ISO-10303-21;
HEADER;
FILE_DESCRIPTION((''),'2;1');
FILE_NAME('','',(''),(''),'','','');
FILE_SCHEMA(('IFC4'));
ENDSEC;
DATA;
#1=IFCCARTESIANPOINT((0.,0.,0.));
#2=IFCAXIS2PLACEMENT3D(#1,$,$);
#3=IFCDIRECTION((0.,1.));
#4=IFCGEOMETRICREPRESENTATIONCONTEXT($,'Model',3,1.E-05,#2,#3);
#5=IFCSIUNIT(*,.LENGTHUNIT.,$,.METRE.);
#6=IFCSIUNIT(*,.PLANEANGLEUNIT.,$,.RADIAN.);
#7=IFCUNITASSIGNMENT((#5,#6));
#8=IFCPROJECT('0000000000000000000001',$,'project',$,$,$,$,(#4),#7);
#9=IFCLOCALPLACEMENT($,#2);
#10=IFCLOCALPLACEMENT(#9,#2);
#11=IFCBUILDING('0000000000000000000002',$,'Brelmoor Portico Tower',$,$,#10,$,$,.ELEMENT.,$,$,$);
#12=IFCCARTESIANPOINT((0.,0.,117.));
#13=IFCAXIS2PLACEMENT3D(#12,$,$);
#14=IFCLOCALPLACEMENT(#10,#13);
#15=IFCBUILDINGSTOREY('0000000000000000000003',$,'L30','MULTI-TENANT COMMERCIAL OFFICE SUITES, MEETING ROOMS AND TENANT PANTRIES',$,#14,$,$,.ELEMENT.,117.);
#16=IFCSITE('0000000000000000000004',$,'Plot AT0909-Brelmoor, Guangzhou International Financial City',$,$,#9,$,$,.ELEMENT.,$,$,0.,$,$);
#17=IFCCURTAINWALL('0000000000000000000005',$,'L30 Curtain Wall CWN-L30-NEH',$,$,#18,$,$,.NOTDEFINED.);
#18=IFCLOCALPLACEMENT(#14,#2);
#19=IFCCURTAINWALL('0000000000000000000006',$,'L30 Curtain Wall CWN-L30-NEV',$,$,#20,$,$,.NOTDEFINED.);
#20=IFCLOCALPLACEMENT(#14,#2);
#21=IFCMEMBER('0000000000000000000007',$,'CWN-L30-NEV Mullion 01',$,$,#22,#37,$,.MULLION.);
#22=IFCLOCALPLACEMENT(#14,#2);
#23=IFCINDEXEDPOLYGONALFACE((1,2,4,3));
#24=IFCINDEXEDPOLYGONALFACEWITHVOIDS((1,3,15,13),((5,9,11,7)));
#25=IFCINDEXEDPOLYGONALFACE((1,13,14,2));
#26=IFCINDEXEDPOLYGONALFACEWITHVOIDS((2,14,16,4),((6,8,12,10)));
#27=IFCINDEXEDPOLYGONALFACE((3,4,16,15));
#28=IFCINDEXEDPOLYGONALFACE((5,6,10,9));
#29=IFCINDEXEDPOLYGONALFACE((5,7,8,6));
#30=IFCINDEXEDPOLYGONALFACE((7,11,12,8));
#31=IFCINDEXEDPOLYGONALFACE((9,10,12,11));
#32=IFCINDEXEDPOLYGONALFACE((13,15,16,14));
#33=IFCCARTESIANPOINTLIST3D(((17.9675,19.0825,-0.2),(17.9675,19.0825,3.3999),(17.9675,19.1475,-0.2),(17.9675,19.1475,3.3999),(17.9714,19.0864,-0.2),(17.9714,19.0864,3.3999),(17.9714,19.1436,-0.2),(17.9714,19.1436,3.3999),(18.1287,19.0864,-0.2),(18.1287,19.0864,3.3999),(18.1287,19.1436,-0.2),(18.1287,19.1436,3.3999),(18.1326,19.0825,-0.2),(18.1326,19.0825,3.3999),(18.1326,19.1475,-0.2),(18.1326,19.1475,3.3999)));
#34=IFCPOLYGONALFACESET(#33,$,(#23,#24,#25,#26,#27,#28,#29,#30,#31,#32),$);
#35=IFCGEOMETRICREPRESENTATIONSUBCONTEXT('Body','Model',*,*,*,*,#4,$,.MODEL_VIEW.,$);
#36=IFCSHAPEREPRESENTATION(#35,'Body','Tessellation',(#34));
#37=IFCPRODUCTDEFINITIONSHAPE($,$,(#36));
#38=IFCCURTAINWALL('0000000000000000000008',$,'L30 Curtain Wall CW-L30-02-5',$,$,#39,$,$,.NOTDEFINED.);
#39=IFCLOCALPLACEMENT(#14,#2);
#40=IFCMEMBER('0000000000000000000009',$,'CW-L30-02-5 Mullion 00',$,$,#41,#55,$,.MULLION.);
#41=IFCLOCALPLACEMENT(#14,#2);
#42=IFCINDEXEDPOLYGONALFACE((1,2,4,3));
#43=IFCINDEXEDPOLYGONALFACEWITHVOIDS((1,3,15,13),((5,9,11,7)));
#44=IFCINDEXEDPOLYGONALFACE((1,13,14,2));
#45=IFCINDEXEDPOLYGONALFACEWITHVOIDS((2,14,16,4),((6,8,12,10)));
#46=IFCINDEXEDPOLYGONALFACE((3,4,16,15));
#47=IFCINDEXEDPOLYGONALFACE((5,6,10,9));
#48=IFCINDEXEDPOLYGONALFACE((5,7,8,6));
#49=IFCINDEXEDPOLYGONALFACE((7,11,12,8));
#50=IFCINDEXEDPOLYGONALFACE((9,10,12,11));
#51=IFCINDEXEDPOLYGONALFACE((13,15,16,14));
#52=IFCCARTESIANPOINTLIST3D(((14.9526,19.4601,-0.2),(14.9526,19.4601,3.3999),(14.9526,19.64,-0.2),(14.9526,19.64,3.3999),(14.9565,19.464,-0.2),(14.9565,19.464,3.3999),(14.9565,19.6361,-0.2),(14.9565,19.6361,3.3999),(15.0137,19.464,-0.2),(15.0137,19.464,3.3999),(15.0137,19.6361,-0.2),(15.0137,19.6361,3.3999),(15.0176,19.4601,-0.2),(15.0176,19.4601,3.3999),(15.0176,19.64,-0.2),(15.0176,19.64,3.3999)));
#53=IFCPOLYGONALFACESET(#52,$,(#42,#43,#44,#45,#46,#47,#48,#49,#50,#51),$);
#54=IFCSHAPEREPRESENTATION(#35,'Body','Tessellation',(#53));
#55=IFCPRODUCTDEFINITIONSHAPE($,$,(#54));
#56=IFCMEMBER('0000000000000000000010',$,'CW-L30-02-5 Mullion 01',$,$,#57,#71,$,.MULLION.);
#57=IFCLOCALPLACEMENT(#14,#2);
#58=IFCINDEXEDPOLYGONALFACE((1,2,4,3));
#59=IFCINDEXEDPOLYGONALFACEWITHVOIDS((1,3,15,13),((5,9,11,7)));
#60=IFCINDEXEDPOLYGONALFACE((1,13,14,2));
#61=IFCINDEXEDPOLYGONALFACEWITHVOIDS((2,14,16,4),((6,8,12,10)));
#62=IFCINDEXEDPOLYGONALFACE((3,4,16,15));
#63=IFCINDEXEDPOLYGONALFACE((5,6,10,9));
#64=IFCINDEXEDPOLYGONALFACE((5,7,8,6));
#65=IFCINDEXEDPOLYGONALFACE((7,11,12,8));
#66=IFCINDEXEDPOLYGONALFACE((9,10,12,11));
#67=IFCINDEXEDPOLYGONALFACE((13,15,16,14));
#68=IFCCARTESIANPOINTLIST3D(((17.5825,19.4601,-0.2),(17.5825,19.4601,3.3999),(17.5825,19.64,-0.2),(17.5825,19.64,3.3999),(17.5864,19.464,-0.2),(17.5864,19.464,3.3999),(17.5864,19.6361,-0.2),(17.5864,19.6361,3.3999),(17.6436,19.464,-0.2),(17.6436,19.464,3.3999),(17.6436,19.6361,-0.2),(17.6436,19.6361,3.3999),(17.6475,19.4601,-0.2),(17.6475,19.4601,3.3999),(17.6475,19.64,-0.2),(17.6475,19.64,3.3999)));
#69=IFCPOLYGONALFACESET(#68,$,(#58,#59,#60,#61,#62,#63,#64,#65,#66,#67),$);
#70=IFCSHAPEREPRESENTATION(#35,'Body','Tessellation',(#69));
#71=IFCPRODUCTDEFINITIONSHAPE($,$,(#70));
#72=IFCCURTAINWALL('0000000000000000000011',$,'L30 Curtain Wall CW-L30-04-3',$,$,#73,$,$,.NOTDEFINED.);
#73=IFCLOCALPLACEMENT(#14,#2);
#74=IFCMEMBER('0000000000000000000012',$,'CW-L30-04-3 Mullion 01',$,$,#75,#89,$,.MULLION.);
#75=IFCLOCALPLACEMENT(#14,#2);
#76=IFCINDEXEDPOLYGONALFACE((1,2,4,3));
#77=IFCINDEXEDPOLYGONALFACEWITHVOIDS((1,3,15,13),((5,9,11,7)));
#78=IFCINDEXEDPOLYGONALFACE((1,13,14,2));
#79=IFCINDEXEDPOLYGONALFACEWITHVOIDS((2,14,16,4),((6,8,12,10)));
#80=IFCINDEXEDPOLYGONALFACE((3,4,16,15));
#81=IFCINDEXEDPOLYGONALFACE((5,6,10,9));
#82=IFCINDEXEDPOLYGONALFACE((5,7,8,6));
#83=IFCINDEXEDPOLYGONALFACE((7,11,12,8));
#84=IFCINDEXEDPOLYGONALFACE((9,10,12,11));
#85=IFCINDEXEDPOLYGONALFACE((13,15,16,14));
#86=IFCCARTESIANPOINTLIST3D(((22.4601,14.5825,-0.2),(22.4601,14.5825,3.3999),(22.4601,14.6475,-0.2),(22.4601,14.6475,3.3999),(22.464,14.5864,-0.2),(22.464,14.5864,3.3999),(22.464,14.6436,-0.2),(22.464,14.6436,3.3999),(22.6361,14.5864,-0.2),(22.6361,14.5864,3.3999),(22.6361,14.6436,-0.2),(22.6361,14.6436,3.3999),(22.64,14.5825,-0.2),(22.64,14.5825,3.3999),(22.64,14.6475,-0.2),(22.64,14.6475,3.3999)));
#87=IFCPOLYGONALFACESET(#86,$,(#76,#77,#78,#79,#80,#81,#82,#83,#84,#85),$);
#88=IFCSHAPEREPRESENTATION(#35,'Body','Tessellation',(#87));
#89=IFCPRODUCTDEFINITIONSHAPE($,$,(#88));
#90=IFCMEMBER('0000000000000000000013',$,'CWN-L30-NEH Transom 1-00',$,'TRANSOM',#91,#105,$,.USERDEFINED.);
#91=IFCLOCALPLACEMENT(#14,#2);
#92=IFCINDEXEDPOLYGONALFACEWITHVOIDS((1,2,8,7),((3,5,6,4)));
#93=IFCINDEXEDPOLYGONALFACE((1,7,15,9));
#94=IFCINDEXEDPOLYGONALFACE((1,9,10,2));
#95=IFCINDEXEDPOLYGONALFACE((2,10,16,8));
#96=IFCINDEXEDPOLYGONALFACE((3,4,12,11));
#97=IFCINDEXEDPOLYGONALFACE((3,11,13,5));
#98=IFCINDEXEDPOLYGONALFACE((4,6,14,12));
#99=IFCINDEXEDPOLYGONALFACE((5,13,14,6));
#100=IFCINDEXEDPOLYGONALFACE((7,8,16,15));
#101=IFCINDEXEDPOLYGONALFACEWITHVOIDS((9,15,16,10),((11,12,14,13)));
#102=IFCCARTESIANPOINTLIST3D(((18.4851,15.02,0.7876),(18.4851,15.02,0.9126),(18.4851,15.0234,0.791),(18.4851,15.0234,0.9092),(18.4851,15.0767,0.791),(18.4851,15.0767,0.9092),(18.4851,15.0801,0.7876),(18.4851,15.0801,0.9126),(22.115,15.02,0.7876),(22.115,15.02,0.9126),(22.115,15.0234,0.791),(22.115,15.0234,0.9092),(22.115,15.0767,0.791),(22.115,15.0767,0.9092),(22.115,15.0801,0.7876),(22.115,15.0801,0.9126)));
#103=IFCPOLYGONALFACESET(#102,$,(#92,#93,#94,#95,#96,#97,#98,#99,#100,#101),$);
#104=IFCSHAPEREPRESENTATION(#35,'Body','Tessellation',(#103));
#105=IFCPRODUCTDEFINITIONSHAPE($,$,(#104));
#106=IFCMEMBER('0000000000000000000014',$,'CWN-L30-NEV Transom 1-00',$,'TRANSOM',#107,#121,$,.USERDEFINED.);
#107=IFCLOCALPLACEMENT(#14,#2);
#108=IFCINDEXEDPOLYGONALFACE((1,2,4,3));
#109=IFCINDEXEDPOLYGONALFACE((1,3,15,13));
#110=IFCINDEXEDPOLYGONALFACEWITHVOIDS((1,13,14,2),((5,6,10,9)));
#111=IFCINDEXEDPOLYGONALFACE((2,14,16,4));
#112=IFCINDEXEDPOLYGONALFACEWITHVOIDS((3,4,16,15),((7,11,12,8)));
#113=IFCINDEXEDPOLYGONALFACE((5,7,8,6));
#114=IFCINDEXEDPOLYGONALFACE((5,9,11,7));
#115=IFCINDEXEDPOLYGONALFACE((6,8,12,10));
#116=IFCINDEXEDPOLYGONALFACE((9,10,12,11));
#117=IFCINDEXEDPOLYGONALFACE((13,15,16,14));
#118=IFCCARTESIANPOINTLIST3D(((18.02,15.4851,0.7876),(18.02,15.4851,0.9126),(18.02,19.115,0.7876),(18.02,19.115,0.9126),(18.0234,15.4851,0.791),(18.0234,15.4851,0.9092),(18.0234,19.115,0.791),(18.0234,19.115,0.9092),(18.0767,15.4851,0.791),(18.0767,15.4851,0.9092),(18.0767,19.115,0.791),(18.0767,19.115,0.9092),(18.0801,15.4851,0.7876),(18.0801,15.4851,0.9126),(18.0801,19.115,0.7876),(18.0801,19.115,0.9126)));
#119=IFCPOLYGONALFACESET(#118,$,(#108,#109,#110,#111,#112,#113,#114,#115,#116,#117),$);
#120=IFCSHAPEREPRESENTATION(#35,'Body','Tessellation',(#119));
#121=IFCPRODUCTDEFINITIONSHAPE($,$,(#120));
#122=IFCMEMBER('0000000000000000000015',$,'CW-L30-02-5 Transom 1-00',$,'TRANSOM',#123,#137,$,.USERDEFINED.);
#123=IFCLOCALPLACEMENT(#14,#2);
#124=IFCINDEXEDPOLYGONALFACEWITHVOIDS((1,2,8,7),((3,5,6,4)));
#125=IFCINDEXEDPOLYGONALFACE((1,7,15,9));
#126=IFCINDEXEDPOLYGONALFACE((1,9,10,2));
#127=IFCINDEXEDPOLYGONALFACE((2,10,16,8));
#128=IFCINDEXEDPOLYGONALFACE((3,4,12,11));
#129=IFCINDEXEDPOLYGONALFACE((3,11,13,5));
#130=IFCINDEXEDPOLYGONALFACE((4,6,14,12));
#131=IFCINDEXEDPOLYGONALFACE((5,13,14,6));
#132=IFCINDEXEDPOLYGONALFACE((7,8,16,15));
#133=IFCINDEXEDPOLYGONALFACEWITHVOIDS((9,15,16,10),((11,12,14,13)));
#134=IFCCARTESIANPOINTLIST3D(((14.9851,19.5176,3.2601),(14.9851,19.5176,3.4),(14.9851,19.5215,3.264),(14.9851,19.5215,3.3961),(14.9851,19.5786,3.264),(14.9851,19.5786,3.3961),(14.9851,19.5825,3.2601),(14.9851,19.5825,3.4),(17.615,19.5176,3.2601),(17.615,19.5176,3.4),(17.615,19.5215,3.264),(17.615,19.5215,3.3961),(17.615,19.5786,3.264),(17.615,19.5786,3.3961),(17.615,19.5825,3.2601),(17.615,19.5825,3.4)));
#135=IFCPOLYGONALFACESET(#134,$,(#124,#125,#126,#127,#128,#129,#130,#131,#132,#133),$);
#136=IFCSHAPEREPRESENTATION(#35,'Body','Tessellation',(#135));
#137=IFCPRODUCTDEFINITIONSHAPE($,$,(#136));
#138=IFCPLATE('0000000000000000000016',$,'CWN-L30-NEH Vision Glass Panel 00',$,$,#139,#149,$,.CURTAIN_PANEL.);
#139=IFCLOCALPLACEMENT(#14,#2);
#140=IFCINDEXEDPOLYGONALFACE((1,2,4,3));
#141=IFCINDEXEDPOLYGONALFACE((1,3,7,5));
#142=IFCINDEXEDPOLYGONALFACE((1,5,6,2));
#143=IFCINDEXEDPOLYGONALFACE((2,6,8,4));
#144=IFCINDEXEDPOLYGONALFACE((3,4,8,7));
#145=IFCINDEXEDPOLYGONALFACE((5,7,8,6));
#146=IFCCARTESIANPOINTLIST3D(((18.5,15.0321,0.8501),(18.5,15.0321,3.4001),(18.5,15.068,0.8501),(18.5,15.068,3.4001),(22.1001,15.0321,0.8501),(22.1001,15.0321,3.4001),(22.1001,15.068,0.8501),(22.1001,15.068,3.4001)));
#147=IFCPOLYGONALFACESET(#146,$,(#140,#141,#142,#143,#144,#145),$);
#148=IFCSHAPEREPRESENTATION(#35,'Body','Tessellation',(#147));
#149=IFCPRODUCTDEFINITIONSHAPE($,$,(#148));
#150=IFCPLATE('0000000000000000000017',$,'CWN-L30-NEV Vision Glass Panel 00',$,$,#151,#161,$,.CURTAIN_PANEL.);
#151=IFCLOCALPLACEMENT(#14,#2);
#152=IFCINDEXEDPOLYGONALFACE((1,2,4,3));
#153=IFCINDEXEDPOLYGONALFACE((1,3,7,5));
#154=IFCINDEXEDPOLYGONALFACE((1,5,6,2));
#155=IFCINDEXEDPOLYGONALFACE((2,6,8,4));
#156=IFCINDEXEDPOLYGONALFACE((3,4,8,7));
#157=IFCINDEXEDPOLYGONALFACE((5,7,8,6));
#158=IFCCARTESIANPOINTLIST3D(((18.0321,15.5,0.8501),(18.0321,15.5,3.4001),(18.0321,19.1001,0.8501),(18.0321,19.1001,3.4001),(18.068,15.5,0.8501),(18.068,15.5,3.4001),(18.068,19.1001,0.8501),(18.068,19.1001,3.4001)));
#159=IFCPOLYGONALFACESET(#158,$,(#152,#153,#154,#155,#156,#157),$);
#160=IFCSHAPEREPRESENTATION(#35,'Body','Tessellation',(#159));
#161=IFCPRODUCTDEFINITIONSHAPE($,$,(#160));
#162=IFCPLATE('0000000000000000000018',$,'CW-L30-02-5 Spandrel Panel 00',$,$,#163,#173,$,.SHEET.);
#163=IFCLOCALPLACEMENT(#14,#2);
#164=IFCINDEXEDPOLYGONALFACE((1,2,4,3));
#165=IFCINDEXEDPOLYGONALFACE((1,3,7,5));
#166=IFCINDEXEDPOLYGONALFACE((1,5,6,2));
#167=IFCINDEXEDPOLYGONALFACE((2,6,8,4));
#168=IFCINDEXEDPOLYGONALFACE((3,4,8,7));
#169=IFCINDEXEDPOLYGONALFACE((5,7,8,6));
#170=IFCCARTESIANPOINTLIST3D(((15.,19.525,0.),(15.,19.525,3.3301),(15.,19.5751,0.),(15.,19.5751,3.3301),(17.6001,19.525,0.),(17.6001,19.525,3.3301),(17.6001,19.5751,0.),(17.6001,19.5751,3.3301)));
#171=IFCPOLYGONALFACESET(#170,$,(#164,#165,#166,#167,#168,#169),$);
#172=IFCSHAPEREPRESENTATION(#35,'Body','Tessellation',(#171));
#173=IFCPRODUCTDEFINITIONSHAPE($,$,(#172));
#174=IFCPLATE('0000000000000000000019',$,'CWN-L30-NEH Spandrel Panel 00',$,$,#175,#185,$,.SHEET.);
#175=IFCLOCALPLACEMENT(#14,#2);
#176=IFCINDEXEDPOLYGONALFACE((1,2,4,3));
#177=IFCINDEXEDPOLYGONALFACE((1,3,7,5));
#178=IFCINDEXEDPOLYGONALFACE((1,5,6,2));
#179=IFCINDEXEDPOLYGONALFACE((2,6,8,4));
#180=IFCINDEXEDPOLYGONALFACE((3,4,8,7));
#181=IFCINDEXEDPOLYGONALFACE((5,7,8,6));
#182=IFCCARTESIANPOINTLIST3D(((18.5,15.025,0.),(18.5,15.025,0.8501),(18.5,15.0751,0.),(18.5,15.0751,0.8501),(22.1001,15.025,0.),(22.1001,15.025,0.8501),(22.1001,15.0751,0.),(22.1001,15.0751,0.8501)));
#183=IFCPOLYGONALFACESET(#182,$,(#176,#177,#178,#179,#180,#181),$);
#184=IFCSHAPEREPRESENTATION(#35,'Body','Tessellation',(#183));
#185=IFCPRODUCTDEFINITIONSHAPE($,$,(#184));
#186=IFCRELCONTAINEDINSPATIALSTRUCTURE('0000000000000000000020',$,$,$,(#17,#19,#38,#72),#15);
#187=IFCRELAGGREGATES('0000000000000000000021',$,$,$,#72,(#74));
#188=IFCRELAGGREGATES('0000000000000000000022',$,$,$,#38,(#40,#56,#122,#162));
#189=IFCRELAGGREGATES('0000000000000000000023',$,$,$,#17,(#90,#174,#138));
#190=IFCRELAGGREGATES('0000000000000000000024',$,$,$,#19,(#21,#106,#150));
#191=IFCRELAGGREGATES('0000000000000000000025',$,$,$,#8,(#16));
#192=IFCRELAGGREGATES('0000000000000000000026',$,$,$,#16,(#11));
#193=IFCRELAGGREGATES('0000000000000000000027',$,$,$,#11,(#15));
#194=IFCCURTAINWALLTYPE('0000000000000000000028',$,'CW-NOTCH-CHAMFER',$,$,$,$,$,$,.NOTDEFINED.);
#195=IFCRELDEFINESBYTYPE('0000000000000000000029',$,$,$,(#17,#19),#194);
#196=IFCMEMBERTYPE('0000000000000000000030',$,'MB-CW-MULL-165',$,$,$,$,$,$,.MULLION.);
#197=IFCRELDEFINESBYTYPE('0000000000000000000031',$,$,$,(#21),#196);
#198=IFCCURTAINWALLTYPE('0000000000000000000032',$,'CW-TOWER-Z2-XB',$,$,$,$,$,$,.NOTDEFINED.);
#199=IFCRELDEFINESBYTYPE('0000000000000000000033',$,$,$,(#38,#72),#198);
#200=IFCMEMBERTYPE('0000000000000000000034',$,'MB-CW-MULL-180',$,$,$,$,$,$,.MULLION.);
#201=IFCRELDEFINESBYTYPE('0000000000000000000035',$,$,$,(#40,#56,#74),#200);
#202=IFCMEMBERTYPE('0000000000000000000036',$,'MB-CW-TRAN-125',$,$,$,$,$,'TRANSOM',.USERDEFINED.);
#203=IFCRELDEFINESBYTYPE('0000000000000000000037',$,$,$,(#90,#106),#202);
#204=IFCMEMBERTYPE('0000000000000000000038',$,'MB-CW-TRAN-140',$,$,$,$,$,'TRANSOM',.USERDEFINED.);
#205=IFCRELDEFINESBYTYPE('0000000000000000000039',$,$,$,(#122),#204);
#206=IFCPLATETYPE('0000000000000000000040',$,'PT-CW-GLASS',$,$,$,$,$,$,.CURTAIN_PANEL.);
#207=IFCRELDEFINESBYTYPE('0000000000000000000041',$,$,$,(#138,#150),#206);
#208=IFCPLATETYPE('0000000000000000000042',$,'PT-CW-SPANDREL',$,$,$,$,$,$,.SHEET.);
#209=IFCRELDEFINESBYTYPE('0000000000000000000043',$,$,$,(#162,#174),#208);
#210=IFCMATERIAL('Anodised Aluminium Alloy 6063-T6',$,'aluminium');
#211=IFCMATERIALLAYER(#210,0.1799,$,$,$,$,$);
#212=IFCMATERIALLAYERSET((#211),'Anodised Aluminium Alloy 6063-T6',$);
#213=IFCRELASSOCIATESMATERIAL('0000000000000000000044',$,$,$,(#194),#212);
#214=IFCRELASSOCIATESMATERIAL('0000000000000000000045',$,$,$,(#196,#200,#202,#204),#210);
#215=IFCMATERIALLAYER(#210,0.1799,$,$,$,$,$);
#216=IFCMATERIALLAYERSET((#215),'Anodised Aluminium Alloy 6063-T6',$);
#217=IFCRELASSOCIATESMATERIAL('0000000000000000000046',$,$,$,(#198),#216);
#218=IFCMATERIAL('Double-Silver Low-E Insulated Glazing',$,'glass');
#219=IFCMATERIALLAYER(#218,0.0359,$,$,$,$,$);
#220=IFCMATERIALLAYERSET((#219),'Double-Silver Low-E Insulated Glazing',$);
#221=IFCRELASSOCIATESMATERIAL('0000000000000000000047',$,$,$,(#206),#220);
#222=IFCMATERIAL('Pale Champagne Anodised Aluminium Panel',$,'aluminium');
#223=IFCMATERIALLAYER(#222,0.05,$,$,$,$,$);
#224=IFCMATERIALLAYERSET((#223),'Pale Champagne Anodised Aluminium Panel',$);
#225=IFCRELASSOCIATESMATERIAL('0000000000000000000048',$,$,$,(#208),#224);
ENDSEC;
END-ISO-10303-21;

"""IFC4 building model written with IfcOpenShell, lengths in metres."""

from ifc_helpers import new_model, si_unit, direction, frame, origin, origin_2d, place, context, subcontext, project, spatial, rectangle, hollow_rectangle, extrude, material, layer, layer_set, material_profile, profile_set, type_object, element, aggregate, save


model = new_model("IFC4")

# Units and contexts
model_context = context("Model", 3, precision=1e-05, world=origin(), true_north=direction((0.0, 1.0)))
body_context = subcontext(model_context, "Body", "Model", "MODEL_VIEW")
ifc_project = project(units=[si_unit("LENGTHUNIT", "METRE"), si_unit("PLANEANGLEUNIT", "RADIAN")], contexts=[model_context])

# Site, building, storey
site_placement = place(None, origin())
site = spatial("IfcSite", under=ifc_project, at=site_placement, Name="Plot AT0909-Brelmoor, Guangzhou International Financial City", CompositionType="ELEMENT", RefElevation=0.0)
building_placement = place(site_placement, origin())
building = spatial("IfcBuilding", under=site, at=building_placement, Name="Brelmoor Portico Tower", CompositionType="ELEMENT")
storey_placement = place(building_placement, frame((0.0, 0.0, 117.0)))
storey = spatial("IfcBuildingStorey", under=building, at=storey_placement, Name="L30", Description="MULTI-TENANT COMMERCIAL OFFICE SUITES, MEETING ROOMS AND TENANT PANTRIES", CompositionType="ELEMENT", Elevation=117.0)

# Curtain walls, members
ifc_material_1 = material(Name="Anodised Aluminium Alloy 6063-T6", Category="aluminium")
ifc_layer_1 = layer(ifc_material_1, 0.1799)
ifc_layer_set_1 = layer_set([ifc_layer_1], Name="Anodised Aluminium Alloy 6063-T6")
curtain_wall_type_1 = type_object("IfcCurtainWallType", Name="CW-NOTCH-CHAMFER", PredefinedType="NOTDEFINED", material=ifc_layer_set_1)
curtain_wall_1_placement = place(storey_placement, origin())
curtain_wall_1 = element("IfcCurtainWall", 1, at=curtain_wall_1_placement, inside=storey, type_object=curtain_wall_type_1, Name="L30 Curtain Wall CWN-L30-NEH", PredefinedType="NOTDEFINED")
ifc_material_profile_1 = material_profile(ifc_material_1, hollow_rectangle(XDim=0.0649, YDim=0.165, WallThickness=0.0039, at=origin_2d()), Name="ALU MULLION 65x165")
ifc_profile_set_1 = profile_set([ifc_material_profile_1], Name="Anodised Aluminium Alloy 6063-T6")
member_type_1 = type_object("IfcMemberType", Name="MB-CW-MULL-165", PredefinedType="MULLION", material=ifc_profile_set_1)
curtain_wall_2_placement = place(storey_placement, origin())
curtain_wall_2 = element("IfcCurtainWall", 2, at=curtain_wall_2_placement, inside=storey, type_object=curtain_wall_type_1, Name="L30 Curtain Wall CWN-L30-NEV", PredefinedType="NOTDEFINED")
member_1_placement = place(storey_placement, frame((18.05, 19.115, -0.2), z_axis=(0.0, 0.0, 1.0), x_axis=(0.0, 1.0, 0.0)))
member_1 = element("IfcMember", 3, at=member_1_placement, type_object=member_type_1, Name="CWN-L30-NEV Mullion 01", PredefinedType="MULLION", context=body_context, shape_type="SweptSolid", body=[
    extrude(hollow_rectangle(XDim=0.0649, YDim=0.165, WallThickness=0.0039, at=origin_2d()), origin(), (0.0, 0.0, 1.0), 3.5999),
])
ifc_layer_2 = layer(ifc_material_1, 0.1799)
ifc_layer_set_2 = layer_set([ifc_layer_2], Name="Anodised Aluminium Alloy 6063-T6")
curtain_wall_type_2 = type_object("IfcCurtainWallType", Name="CW-TOWER-Z2-XB", PredefinedType="NOTDEFINED", material=ifc_layer_set_2)
curtain_wall_3_placement = place(storey_placement, origin())
curtain_wall_3 = element("IfcCurtainWall", 4, at=curtain_wall_3_placement, inside=storey, type_object=curtain_wall_type_2, Name="L30 Curtain Wall CW-L30-02-5", PredefinedType="NOTDEFINED")
ifc_material_profile_2 = material_profile(ifc_material_1, hollow_rectangle(XDim=0.0649, YDim=0.1799, WallThickness=0.0039, at=origin_2d()), Name="ALU MULLION 65x180")
ifc_profile_set_2 = profile_set([ifc_material_profile_2], Name="Anodised Aluminium Alloy 6063-T6")
member_type_2 = type_object("IfcMemberType", Name="MB-CW-MULL-180", PredefinedType="MULLION", material=ifc_profile_set_2)
member_2_placement = place(storey_placement, frame((14.9851, 19.55, -0.2), z_axis=(0.0, 0.0, 1.0), x_axis=(1.0, 0.0, 0.0)))
member_2 = element("IfcMember", 5, at=member_2_placement, type_object=member_type_2, Name="CW-L30-02-5 Mullion 00", PredefinedType="MULLION", context=body_context, shape_type="SweptSolid", body=[
    extrude(hollow_rectangle(XDim=0.0649, YDim=0.1799, WallThickness=0.0039, at=origin_2d()), origin(), (0.0, 0.0, 1.0), 3.5999),
])
member_3_placement = place(storey_placement, frame((17.615, 19.55, -0.2), z_axis=(0.0, 0.0, 1.0), x_axis=(1.0, 0.0, 0.0)))
member_3 = element("IfcMember", 6, at=member_3_placement, type_object=member_type_2, Name="CW-L30-02-5 Mullion 01", PredefinedType="MULLION", context=body_context, shape_type="SweptSolid", body=[
    extrude(hollow_rectangle(XDim=0.0649, YDim=0.1799, WallThickness=0.0039, at=origin_2d()), origin(), (0.0, 0.0, 1.0), 3.5999),
])

# Curtain wall, member
curtain_wall_4_placement = place(storey_placement, origin())
curtain_wall_4 = element("IfcCurtainWall", 7, at=curtain_wall_4_placement, inside=storey, type_object=curtain_wall_type_2, Name="L30 Curtain Wall CW-L30-04-3", PredefinedType="NOTDEFINED")
member_4_placement = place(storey_placement, frame((22.55, 14.615, -0.2), z_axis=(0.0, 0.0, 1.0), x_axis=(0.0, 1.0, 0.0)))
member_4 = element("IfcMember", 8, at=member_4_placement, type_object=member_type_2, Name="CW-L30-04-3 Mullion 01", PredefinedType="MULLION", context=body_context, shape_type="SweptSolid", body=[
    extrude(hollow_rectangle(XDim=0.0649, YDim=0.1799, WallThickness=0.0039, at=origin_2d()), origin(), (0.0, 0.0, 1.0), 3.5999),
])
aggregate(curtain_wall_4, [member_4])

# Members
ifc_material_profile_3 = material_profile(ifc_material_1, hollow_rectangle(XDim=0.0601, YDim=0.125, WallThickness=0.0034, at=origin_2d()), Name="ALU TRANSOM 60x125")
ifc_profile_set_3 = profile_set([ifc_material_profile_3], Name="Anodised Aluminium Alloy 6063-T6")
member_type_3 = type_object("IfcMemberType", Name="MB-CW-TRAN-125", ElementType="TRANSOM", PredefinedType="USERDEFINED", material=ifc_profile_set_3)
member_5_placement = place(storey_placement, frame((18.4851, 15.05, 0.8501), z_axis=(1.0, 0.0, 0.0), x_axis=(0.0, 1.0, 0.0)))
member_5 = element("IfcMember", 9, at=member_5_placement, type_object=member_type_3, Name="CWN-L30-NEH Transom 1-00", ObjectType="TRANSOM", PredefinedType="USERDEFINED", context=body_context, shape_type="SweptSolid", body=[
    extrude(hollow_rectangle(XDim=0.0601, YDim=0.125, WallThickness=0.0034, at=origin_2d()), origin(), (0.0, 0.0, 1.0), 3.6299),
])
member_6_placement = place(storey_placement, frame((18.05, 15.4851, 0.8501), z_axis=(0.0, 1.0, 0.0), x_axis=(-1.0, 0.0, 0.0)))
member_6 = element("IfcMember", 10, at=member_6_placement, type_object=member_type_3, Name="CWN-L30-NEV Transom 1-00", ObjectType="TRANSOM", PredefinedType="USERDEFINED", context=body_context, shape_type="SweptSolid", body=[
    extrude(hollow_rectangle(XDim=0.0601, YDim=0.125, WallThickness=0.0034, at=origin_2d()), origin(), (0.0, 0.0, 1.0), 3.6299),
])
ifc_material_profile_4 = material_profile(ifc_material_1, hollow_rectangle(XDim=0.0649, YDim=0.1399, WallThickness=0.0039, at=origin_2d()), Name="ALU TRANSOM 65x140")
ifc_profile_set_4 = profile_set([ifc_material_profile_4], Name="Anodised Aluminium Alloy 6063-T6")
member_type_4 = type_object("IfcMemberType", Name="MB-CW-TRAN-140", ElementType="TRANSOM", PredefinedType="USERDEFINED", material=ifc_profile_set_4)
member_7_placement = place(storey_placement, frame((14.9851, 19.55, 3.3301), z_axis=(1.0, 0.0, 0.0), x_axis=(0.0, 1.0, 0.0)))
member_7 = element("IfcMember", 11, at=member_7_placement, type_object=member_type_4, Name="CW-L30-02-5 Transom 1-00", ObjectType="TRANSOM", PredefinedType="USERDEFINED", context=body_context, shape_type="SweptSolid", body=[
    extrude(hollow_rectangle(XDim=0.0649, YDim=0.1399, WallThickness=0.0039, at=origin_2d()), origin(), (0.0, 0.0, 1.0), 2.6299),
])

# Plates
ifc_material_2 = material(Name="Double-Silver Low-E Insulated Glazing", Category="glass")
ifc_layer_3 = layer(ifc_material_2, 0.0359)
ifc_layer_set_3 = layer_set([ifc_layer_3], Name="Double-Silver Low-E Insulated Glazing")
plate_type_1 = type_object("IfcPlateType", Name="PT-CW-GLASS", PredefinedType="CURTAIN_PANEL", material=ifc_layer_set_3)
plate_1_placement = place(storey_placement, frame((20.3, 15.05, 0.8501), z_axis=(0.0, 0.0, 1.0), x_axis=(1.0, 0.0, 0.0)))
plate_1 = element("IfcPlate", 12, at=plate_1_placement, type_object=plate_type_1, Name="CWN-L30-NEH Vision Glass Panel 00", PredefinedType="CURTAIN_PANEL", context=body_context, shape_type="SweptSolid", body=[
    extrude(rectangle(XDim=3.6001, YDim=0.0359, at=origin_2d()), origin(), (0.0, 0.0, 1.0), 2.55),
])
plate_2_placement = place(storey_placement, frame((18.05, 17.3, 0.8501), z_axis=(0.0, 0.0, 1.0), x_axis=(0.0, 1.0, 0.0)))
plate_2 = element("IfcPlate", 13, at=plate_2_placement, type_object=plate_type_1, Name="CWN-L30-NEV Vision Glass Panel 00", PredefinedType="CURTAIN_PANEL", context=body_context, shape_type="SweptSolid", body=[
    extrude(rectangle(XDim=3.6001, YDim=0.0359, at=origin_2d()), origin(), (0.0, 0.0, 1.0), 2.55),
])
ifc_material_3 = material(Name="Pale Champagne Anodised Aluminium Panel", Category="aluminium")
ifc_layer_4 = layer(ifc_material_3, 0.05)
ifc_layer_set_4 = layer_set([ifc_layer_4], Name="Pale Champagne Anodised Aluminium Panel")
plate_type_2 = type_object("IfcPlateType", Name="PT-CW-SPANDREL", PredefinedType="SHEET", material=ifc_layer_set_4)
plate_3_placement = place(storey_placement, frame((16.3, 19.55, 0.0), z_axis=(0.0, 0.0, 1.0), x_axis=(1.0, 0.0, 0.0)))
plate_3 = element("IfcPlate", 14, at=plate_3_placement, type_object=plate_type_2, Name="CW-L30-02-5 Spandrel Panel 00", PredefinedType="SHEET", context=body_context, shape_type="SweptSolid", body=[
    extrude(rectangle(XDim=2.6001, YDim=0.05, at=origin_2d()), origin(), (0.0, 0.0, 1.0), 3.3301),
])
aggregate(curtain_wall_3, [member_2, member_3, member_7, plate_3])
plate_4_placement = place(storey_placement, frame((20.3, 15.05, 0.0), z_axis=(0.0, 0.0, 1.0), x_axis=(1.0, 0.0, 0.0)))
plate_4 = element("IfcPlate", 15, at=plate_4_placement, type_object=plate_type_2, Name="CWN-L30-NEH Spandrel Panel 00", PredefinedType="SHEET", context=body_context, shape_type="SweptSolid", body=[
    extrude(rectangle(XDim=3.6001, YDim=0.05, at=origin_2d()), origin(), (0.0, 0.0, 1.0), 0.8501),
])
aggregate(curtain_wall_1, [member_5, plate_4, plate_1])
aggregate(curtain_wall_2, [member_1, member_6, plate_2])

save(model, "model.ifc")
